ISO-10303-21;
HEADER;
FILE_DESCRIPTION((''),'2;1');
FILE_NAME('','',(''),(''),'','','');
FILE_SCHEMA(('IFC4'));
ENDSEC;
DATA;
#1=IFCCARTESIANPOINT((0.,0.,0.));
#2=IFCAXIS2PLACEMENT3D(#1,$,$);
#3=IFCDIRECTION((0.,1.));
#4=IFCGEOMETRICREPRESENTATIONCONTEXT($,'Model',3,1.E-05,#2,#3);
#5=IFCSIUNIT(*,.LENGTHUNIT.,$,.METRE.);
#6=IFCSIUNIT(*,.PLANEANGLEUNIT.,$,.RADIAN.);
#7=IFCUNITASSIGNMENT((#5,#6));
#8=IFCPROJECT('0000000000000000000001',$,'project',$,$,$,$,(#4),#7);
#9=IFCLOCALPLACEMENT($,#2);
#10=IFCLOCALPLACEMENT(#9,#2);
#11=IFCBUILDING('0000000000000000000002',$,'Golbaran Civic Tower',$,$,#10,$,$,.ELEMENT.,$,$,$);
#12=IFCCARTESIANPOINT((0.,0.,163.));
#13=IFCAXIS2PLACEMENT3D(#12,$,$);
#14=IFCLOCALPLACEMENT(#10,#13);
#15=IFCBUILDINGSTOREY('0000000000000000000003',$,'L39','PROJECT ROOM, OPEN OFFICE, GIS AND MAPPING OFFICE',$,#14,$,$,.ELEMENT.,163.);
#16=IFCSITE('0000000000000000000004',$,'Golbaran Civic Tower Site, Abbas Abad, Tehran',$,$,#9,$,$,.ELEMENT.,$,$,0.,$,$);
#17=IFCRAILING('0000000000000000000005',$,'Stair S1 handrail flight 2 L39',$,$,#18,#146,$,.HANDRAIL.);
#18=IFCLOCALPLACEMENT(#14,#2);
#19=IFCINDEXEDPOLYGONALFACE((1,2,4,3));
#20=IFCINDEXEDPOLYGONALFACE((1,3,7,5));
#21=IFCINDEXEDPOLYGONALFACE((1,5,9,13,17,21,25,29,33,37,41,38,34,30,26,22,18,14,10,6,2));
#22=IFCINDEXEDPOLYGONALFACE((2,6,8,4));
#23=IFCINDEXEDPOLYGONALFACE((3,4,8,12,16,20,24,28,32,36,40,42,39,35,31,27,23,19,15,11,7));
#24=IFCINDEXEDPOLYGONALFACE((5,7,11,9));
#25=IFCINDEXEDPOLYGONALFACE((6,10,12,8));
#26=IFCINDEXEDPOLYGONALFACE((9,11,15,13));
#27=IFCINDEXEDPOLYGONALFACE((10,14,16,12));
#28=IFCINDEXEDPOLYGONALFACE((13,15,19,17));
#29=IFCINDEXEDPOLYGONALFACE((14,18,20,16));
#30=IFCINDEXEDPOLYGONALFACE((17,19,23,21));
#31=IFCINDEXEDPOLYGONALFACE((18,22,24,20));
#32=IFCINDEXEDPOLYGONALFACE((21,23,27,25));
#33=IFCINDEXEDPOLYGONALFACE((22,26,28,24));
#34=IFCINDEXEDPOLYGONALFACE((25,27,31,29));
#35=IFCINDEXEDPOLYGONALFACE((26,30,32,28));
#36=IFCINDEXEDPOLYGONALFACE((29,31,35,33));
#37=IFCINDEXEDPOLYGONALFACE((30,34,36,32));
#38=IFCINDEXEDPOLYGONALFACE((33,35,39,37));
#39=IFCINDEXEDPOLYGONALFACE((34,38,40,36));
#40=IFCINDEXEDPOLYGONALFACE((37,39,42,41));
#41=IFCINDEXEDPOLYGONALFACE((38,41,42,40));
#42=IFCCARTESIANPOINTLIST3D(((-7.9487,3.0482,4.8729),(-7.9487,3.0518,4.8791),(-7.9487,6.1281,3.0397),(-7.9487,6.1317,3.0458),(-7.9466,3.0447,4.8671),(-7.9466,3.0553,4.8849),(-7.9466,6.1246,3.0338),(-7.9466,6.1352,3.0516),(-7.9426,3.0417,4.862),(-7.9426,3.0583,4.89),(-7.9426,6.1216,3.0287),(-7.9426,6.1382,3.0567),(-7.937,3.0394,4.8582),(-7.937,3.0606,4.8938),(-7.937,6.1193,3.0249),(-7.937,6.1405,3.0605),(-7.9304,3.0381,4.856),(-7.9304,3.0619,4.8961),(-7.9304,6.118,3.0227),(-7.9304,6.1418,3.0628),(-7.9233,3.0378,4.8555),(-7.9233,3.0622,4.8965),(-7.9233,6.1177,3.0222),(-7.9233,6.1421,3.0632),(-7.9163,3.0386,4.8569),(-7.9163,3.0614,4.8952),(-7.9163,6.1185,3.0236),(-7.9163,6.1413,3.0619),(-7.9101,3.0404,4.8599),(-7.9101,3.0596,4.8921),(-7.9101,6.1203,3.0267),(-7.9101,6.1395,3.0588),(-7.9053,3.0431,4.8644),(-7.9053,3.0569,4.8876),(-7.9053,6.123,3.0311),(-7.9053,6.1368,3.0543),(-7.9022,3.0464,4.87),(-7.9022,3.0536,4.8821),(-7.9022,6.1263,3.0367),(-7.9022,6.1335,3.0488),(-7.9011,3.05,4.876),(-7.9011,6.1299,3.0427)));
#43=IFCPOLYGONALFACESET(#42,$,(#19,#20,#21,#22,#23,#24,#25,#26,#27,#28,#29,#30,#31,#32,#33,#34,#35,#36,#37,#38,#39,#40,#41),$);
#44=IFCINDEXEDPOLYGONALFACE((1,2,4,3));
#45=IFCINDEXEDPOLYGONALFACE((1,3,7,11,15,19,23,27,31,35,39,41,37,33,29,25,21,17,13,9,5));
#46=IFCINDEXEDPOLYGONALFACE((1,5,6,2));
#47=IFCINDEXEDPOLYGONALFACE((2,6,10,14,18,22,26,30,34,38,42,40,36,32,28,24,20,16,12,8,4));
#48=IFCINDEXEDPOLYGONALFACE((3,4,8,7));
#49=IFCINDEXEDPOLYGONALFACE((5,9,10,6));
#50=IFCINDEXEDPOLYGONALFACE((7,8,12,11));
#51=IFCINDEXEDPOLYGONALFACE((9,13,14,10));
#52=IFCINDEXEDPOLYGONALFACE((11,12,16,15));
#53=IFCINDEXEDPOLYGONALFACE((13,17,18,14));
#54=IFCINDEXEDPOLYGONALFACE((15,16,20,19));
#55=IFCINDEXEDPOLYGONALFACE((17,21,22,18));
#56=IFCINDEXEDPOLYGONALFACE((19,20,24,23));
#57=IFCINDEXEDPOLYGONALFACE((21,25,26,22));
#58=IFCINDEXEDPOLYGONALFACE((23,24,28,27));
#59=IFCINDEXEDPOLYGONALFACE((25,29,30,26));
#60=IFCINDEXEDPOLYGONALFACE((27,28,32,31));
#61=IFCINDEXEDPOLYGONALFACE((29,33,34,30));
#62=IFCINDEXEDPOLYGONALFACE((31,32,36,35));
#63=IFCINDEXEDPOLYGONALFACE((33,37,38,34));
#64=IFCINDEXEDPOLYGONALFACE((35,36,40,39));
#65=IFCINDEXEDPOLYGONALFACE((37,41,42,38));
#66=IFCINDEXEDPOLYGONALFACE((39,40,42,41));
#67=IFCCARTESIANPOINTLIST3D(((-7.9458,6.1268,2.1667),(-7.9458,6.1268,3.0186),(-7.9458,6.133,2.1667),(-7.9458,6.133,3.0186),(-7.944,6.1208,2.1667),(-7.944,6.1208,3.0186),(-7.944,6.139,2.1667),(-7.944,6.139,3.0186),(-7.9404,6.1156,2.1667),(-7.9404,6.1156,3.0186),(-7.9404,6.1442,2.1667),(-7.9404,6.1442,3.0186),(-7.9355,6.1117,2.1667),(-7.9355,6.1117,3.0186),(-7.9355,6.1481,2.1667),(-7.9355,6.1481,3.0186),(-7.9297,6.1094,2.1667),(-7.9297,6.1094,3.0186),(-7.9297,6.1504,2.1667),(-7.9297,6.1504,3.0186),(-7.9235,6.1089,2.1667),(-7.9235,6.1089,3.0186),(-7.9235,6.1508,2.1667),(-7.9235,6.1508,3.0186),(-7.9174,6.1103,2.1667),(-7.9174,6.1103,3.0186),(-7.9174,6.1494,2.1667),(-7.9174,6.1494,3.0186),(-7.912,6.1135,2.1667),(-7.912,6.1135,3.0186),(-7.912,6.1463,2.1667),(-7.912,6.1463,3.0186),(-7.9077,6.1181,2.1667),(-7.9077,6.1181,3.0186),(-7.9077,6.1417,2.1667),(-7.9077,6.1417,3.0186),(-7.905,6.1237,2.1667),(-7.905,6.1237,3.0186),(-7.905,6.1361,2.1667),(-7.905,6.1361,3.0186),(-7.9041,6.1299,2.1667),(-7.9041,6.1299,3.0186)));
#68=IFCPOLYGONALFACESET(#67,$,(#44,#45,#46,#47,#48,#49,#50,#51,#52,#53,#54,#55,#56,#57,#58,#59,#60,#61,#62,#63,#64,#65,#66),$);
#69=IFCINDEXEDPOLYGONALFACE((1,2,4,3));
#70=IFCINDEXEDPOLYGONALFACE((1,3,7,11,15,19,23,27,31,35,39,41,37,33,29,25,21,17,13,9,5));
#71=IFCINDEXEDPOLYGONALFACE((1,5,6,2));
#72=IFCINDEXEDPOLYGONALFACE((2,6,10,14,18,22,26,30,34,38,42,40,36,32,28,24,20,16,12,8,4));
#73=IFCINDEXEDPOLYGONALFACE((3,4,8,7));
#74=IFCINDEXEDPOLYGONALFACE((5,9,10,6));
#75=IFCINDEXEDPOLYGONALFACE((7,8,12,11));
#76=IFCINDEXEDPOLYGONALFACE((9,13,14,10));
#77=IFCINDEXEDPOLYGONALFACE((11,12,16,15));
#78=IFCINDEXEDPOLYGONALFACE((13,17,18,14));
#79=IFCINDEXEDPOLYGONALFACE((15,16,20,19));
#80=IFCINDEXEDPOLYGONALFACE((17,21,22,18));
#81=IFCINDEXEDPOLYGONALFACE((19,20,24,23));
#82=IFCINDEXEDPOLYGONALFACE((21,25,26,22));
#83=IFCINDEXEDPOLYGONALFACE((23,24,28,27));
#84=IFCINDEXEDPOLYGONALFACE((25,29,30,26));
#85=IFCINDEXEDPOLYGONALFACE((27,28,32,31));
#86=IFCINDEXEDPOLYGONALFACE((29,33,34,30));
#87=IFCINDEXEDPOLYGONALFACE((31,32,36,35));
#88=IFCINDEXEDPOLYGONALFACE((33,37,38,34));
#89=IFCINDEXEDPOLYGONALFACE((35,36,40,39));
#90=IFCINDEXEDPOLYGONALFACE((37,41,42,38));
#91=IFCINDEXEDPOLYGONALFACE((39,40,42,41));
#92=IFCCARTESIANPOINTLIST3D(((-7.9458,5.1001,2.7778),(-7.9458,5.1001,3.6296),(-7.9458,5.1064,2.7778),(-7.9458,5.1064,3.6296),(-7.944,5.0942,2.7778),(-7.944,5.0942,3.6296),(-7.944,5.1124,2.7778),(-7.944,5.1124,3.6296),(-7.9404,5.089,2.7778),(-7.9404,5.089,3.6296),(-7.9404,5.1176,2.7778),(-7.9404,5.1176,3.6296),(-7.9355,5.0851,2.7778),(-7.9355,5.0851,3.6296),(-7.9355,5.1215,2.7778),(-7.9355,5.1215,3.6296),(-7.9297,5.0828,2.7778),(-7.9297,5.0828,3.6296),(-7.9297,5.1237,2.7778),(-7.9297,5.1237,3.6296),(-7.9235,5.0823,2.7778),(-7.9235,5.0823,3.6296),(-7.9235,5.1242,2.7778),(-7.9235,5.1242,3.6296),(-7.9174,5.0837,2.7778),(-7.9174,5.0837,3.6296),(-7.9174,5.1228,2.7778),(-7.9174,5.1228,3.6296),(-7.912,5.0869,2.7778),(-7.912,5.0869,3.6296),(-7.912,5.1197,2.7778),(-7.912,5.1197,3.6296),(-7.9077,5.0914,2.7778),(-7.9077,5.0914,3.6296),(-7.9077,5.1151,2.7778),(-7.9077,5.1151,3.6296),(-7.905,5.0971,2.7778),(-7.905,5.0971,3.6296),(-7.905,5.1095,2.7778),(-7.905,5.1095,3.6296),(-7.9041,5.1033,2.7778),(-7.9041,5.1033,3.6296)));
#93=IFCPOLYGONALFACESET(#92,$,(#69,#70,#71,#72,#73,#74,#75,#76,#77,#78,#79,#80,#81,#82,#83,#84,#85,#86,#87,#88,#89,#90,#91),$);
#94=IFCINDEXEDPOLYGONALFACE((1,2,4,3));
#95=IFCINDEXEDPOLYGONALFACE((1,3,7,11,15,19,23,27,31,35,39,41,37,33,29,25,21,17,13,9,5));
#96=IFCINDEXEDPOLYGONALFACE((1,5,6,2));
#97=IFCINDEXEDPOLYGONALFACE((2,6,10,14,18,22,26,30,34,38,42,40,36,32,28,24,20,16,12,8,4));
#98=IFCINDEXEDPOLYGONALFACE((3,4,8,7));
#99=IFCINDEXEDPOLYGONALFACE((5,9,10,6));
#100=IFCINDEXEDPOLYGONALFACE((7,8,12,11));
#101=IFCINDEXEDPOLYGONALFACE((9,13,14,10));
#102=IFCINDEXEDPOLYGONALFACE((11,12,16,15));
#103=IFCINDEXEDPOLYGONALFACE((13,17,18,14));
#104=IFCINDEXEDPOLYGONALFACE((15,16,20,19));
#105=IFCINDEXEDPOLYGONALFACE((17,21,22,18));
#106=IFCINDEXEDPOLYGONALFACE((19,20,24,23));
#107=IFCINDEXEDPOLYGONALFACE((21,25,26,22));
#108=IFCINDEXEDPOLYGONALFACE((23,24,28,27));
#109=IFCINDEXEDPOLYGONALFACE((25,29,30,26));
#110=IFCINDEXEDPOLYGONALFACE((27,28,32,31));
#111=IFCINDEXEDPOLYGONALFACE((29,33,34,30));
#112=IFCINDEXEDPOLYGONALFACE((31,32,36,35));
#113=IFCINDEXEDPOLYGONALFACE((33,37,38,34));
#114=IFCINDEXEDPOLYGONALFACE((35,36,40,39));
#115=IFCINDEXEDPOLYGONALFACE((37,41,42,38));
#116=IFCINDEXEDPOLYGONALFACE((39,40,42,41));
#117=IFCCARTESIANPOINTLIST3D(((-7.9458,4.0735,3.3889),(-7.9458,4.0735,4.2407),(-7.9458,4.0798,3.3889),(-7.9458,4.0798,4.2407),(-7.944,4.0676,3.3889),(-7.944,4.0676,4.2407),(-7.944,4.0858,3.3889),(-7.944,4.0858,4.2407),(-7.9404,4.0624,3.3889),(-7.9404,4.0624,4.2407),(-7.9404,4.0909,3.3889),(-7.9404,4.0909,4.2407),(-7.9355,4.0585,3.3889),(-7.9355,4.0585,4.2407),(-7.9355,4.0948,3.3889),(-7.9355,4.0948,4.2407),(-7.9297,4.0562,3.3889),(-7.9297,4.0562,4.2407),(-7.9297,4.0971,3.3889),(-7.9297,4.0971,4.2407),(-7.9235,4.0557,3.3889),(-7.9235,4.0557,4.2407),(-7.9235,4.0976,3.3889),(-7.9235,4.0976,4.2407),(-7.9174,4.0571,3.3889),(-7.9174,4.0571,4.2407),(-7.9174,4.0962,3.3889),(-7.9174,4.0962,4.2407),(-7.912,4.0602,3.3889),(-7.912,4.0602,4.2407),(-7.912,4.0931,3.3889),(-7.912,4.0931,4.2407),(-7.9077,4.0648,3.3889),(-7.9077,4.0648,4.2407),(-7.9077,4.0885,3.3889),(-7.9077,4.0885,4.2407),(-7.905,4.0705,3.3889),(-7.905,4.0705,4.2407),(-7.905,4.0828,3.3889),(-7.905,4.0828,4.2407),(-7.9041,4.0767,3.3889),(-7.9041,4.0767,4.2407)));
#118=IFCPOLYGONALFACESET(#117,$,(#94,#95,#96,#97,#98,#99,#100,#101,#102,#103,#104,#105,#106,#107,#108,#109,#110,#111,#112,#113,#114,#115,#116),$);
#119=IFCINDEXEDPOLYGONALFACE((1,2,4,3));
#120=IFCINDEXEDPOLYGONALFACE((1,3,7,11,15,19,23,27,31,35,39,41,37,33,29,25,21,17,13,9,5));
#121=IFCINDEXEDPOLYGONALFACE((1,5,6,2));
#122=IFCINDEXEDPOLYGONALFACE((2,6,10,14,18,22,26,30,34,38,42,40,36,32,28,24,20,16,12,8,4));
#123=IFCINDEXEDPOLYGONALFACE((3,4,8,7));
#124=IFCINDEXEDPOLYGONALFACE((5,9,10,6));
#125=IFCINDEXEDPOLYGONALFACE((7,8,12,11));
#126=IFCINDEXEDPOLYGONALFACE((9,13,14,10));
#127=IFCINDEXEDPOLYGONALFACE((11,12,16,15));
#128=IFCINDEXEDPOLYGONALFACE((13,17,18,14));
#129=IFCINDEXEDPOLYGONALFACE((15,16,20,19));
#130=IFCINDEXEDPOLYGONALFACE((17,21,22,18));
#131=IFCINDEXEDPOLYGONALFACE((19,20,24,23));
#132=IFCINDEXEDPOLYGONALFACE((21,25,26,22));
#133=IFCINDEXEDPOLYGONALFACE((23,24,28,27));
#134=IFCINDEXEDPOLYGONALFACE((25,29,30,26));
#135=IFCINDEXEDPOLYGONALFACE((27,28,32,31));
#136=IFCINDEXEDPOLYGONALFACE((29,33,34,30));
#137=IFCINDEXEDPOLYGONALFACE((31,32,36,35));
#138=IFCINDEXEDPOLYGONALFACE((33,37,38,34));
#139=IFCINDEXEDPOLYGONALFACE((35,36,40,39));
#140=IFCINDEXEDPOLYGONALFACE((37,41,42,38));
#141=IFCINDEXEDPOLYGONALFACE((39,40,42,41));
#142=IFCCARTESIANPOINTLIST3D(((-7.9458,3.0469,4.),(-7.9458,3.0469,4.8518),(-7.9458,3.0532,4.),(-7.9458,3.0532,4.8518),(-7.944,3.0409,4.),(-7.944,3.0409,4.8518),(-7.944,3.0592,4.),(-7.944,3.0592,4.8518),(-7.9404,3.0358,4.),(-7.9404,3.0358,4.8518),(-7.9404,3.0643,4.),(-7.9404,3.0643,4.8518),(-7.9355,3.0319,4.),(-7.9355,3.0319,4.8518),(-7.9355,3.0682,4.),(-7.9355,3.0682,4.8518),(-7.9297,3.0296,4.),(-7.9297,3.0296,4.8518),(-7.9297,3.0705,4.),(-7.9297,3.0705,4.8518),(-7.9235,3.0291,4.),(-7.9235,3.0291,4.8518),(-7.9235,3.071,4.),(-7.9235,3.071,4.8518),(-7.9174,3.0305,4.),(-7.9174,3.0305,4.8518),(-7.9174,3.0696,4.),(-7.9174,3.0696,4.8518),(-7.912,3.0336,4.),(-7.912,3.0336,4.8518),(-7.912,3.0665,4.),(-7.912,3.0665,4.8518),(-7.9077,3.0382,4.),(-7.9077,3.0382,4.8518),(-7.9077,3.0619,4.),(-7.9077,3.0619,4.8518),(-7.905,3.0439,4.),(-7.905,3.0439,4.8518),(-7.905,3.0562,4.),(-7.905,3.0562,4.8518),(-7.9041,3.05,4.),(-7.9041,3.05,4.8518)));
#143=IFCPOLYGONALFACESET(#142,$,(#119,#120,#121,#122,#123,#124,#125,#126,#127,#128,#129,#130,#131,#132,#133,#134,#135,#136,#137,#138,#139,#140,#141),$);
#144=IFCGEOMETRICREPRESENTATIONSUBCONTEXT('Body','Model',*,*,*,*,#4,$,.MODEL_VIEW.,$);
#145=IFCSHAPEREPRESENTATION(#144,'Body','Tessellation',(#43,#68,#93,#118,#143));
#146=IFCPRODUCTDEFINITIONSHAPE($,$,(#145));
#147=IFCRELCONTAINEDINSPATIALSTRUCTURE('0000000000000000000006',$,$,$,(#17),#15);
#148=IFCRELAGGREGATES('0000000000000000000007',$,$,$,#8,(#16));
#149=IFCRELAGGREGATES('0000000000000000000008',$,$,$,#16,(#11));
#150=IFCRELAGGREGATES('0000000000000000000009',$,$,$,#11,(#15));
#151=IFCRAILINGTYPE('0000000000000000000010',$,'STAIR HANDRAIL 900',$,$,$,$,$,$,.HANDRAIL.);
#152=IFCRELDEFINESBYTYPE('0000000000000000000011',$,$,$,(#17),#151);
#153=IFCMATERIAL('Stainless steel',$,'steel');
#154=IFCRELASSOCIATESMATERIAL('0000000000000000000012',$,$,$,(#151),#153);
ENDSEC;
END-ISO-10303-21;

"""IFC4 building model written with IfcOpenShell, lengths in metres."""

from ifc_helpers import new_model, si_unit, direction, frame, origin, origin_2d, place, context, subcontext, project, spatial, circle, extrude, material, type_object, element, save


model = new_model("IFC4")

# Units and contexts
model_context = context("Model", 3, precision=1e-05, world=origin(), true_north=direction((0.0, 1.0)))
body_context = subcontext(model_context, "Body", "Model", "MODEL_VIEW")
ifc_project = project(units=[si_unit("LENGTHUNIT", "METRE"), si_unit("PLANEANGLEUNIT", "RADIAN")], contexts=[model_context])

# Site, building, storey
site_placement = place(None, origin())
site = spatial("IfcSite", under=ifc_project, at=site_placement, Name="Golbaran Civic Tower Site, Abbas Abad, Tehran", CompositionType="ELEMENT", RefElevation=0.0)
building_placement = place(site_placement, origin())
building = spatial("IfcBuilding", under=site, at=building_placement, Name="Golbaran Civic Tower", CompositionType="ELEMENT")
storey_placement = place(building_placement, frame((0.0, 0.0, 163.0)))
storey = spatial("IfcBuildingStorey", under=building, at=storey_placement, Name="L39", Description="PROJECT ROOM, OPEN OFFICE, GIS AND MAPPING OFFICE", CompositionType="ELEMENT", Elevation=163.0)

# Shared definitions
ifc_material_1 = material(Name="Stainless steel", Category="steel")

# Railing
railing_type = type_object("IfcRailingType", Name="STAIR HANDRAIL 900", PredefinedType="HANDRAIL", material=ifc_material_1)
railing_1_placement = place(storey_placement, frame((-7.925, 6.1299, 2.1667)))
element("IfcRailing", 1, at=railing_1_placement, inside=storey, type_object=railing_type, Name="Stair S1 handrail flight 2 L39", PredefinedType="HANDRAIL", context=body_context, shape_type="SweptSolid", body=[
    extrude(circle(Radius=0.0239, at=origin_2d()), frame((0.0, 0.0, 0.876), z_axis=(0.0, -0.859291, 0.511487), x_axis=(1.0, 0.0, 0.0)), (0.0, 0.0, 1.0), 3.5842),
    extrude(circle(Radius=0.021, at=origin_2d()), origin(), (0.0, 0.0, 1.0), 0.8518),
    extrude(circle(Radius=0.021, at=origin_2d()), frame((0.0, -1.0266, 0.6111)), (0.0, 0.0, 1.0), 0.8518),
    extrude(circle(Radius=0.021, at=origin_2d()), frame((0.0, -2.0532, 1.2222)), (0.0, 0.0, 1.0), 0.8518),
    extrude(circle(Radius=0.021, at=origin_2d()), frame((0.0, -3.0798, 1.8333)), (0.0, 0.0, 1.0), 0.8518),
])

save(model, "model.ifc")
